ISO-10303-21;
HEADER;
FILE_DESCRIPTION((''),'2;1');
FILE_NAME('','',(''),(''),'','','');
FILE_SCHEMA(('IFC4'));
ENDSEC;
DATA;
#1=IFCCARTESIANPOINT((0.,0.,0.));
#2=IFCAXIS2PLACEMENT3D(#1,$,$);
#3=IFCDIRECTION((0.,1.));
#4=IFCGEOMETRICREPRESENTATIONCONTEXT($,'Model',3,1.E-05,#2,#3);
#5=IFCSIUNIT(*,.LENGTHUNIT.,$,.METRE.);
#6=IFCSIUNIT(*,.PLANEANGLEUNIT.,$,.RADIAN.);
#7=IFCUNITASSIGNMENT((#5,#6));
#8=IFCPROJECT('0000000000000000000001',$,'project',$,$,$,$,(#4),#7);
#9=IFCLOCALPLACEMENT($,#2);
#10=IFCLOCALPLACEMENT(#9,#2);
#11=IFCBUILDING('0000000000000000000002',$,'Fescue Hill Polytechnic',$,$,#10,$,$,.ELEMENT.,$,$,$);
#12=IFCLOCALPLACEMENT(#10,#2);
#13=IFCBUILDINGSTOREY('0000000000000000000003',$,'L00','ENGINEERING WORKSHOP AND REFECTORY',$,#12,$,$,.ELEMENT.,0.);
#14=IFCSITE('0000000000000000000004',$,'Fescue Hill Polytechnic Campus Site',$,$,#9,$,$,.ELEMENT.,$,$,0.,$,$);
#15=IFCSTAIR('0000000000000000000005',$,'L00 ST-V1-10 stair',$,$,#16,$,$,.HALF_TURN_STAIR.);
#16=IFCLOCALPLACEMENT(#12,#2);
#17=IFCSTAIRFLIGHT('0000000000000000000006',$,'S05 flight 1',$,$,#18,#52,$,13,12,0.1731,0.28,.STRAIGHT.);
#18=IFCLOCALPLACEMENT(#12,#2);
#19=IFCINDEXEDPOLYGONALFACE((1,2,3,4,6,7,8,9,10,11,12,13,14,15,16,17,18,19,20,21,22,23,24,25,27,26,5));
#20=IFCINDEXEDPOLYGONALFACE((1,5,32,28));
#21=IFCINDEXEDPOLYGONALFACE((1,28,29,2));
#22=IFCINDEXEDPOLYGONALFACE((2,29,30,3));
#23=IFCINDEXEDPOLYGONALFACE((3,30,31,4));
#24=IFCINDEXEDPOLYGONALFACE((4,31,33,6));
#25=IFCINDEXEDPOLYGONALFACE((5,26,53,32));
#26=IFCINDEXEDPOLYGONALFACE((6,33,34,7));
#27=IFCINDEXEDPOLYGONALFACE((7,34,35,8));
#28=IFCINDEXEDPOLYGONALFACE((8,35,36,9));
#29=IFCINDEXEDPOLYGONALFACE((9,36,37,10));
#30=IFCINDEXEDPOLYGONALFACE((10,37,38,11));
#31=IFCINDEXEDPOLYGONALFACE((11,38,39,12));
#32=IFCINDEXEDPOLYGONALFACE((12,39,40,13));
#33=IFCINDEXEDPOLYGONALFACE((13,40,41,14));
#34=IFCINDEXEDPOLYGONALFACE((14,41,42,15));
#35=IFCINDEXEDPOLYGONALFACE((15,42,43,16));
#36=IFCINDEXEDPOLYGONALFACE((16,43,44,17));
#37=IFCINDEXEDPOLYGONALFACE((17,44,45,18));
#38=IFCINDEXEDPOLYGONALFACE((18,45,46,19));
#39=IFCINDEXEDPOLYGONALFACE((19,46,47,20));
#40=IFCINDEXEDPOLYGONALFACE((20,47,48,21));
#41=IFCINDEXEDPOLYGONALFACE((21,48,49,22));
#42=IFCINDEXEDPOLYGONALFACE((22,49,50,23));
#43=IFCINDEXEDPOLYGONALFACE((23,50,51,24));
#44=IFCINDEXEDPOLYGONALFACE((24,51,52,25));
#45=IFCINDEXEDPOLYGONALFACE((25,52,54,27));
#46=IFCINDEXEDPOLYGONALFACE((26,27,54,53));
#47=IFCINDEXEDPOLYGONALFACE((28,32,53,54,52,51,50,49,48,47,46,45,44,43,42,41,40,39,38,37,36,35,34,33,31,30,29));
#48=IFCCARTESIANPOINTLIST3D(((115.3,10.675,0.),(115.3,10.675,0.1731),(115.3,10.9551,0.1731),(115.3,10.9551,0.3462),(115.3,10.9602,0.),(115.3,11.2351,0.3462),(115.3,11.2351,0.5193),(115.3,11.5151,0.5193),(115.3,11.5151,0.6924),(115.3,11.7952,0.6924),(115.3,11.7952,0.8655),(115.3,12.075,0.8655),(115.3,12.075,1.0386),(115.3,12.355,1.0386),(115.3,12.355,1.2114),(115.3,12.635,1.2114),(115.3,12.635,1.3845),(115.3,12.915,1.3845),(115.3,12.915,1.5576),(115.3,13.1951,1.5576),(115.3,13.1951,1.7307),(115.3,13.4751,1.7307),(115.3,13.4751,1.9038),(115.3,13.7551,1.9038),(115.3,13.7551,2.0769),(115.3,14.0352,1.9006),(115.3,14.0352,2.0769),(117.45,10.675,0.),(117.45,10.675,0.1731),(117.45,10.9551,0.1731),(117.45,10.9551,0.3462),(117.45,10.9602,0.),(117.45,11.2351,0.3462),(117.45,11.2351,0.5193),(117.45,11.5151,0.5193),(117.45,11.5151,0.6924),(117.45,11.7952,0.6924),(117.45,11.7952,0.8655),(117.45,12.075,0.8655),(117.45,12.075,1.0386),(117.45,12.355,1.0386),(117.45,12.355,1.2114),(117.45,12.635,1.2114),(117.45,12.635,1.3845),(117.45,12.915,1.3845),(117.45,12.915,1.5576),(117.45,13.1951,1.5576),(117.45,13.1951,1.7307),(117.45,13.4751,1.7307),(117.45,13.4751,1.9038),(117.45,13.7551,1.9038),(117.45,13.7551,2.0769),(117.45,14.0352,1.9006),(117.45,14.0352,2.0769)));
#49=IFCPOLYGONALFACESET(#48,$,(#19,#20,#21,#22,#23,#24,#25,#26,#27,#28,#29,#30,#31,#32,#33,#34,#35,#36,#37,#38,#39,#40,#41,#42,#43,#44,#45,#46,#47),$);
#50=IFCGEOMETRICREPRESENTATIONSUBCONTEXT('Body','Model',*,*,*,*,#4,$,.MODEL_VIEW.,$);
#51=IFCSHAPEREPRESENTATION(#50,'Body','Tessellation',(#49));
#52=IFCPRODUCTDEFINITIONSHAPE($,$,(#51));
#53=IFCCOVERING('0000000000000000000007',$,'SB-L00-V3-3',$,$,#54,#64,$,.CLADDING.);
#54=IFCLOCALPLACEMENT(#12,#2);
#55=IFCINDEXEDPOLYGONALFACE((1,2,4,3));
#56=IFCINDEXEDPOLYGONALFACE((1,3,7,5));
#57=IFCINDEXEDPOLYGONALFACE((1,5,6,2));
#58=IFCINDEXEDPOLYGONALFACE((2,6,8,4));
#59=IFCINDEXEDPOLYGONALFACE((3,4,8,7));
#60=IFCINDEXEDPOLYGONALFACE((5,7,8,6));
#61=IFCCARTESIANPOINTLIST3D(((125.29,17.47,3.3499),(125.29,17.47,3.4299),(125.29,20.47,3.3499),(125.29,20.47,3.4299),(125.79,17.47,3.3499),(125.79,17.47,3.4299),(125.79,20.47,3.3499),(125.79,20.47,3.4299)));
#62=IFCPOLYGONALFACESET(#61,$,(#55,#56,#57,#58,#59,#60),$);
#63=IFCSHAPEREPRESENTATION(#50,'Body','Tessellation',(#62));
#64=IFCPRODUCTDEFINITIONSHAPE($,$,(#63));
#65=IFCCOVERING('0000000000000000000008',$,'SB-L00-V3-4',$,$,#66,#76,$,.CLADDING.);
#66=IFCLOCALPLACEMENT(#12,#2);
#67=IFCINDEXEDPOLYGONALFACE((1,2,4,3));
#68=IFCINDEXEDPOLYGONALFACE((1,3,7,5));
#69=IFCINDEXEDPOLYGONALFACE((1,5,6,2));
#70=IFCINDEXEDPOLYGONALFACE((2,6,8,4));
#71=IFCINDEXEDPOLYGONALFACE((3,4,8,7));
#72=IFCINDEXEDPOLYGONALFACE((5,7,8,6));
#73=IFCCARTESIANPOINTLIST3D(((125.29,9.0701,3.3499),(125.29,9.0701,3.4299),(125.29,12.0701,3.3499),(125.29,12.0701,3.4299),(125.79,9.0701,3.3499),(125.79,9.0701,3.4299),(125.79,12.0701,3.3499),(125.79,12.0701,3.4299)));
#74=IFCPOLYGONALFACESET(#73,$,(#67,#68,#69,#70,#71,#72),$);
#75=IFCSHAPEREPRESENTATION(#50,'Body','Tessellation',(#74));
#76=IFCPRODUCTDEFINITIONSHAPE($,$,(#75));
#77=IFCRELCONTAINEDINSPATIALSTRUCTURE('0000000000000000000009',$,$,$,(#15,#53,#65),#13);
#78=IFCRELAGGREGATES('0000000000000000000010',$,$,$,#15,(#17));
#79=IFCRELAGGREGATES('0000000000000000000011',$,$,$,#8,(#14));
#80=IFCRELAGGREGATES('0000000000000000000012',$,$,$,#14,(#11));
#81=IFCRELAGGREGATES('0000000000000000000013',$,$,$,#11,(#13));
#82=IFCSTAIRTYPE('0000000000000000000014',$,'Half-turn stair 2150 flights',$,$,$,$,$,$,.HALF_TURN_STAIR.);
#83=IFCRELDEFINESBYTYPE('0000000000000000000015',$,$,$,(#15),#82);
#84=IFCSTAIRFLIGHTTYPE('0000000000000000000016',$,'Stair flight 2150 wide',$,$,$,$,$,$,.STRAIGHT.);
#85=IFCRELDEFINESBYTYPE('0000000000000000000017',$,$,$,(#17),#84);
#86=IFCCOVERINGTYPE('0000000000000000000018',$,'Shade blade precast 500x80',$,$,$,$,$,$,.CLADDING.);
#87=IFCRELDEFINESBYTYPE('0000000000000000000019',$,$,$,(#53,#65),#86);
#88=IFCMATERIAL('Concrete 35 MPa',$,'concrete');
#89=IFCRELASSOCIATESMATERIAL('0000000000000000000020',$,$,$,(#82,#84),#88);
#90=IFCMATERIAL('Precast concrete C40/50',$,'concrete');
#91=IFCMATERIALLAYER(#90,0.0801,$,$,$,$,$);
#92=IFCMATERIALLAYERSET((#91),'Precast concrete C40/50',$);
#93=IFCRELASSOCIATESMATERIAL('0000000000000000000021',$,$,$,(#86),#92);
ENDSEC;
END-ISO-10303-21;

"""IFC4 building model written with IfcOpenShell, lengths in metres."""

from ifc_helpers import new_model, si_unit, direction, frame, origin, origin_2d, place, context, subcontext, project, spatial, polyline, rectangle, outline, extrude, material, layer, layer_set, type_object, element, aggregate, save


model = new_model("IFC4")

# Units and contexts
model_context = context("Model", 3, precision=1e-05, world=origin(), true_north=direction((0.0, 1.0)))
body_context = subcontext(model_context, "Body", "Model", "MODEL_VIEW")
ifc_project = project(units=[si_unit("LENGTHUNIT", "METRE"), si_unit("PLANEANGLEUNIT", "RADIAN")], contexts=[model_context])

# Site, building, storey
site_placement = place(None, origin())
site = spatial("IfcSite", under=ifc_project, at=site_placement, Name="Fescue Hill Polytechnic Campus Site", CompositionType="ELEMENT", RefElevation=0.0)
building_placement = place(site_placement, origin())
building = spatial("IfcBuilding", under=site, at=building_placement, Name="Fescue Hill Polytechnic", CompositionType="ELEMENT")
storey_placement = place(building_placement, origin())
storey = spatial("IfcBuildingStorey", under=building, at=storey_placement, Name="L00", Description="ENGINEERING WORKSHOP AND REFECTORY", CompositionType="ELEMENT", Elevation=0.0)

# Stair, stair flight
ifc_material_1 = material(Name="Concrete 35 MPa", Category="concrete")
stair_type = type_object("IfcStairType", Name="Half-turn stair 2150 flights", PredefinedType="HALF_TURN_STAIR", material=ifc_material_1)
stair_placement = place(storey_placement, origin())
stair = element("IfcStair", 1, at=stair_placement, inside=storey, type_object=stair_type, Name="L00 ST-V1-10 stair", PredefinedType="HALF_TURN_STAIR")
stair_flight_type = type_object("IfcStairFlightType", Name="Stair flight 2150 wide", PredefinedType="STRAIGHT", material=ifc_material_1)
stair_flight_placement = place(storey_placement, frame((116.375, 10.675, 0.0), z_axis=(0.0, 0.0, 1.0), x_axis=(0.0, 1.0, 0.0)))
stair_flight = element("IfcStairFlight", 2, at=stair_flight_placement, type_object=stair_flight_type, Name="S05 flight 1", NumberOfRisers=13, NumberOfTreads=12, PredefinedType="STRAIGHT", RiserHeight=0.1731, TreadLength=0.28, context=body_context, shape_type="SweptSolid", body=[
    extrude(outline(polyline([(0.0, 0.0), (0.0, 0.1731), (0.28, 0.1731), (0.28, 0.3462), (0.5601, 0.3462), (0.5601, 0.5193), (0.8401, 0.5193), (0.8401, 0.6924), (1.1201, 0.6924), (1.1201, 0.8655), (1.3999, 0.8655), (1.3999, 1.0386), (1.6799, 1.0386), (1.6799, 1.2114), (1.96, 1.2114), (1.96, 1.3845), (2.24, 1.3845), (2.24, 1.5576), (2.52, 1.5576), (2.52, 1.7307), (2.8, 1.7307), (2.8, 1.9038), (3.0801, 1.9038), (3.0801, 2.0769), (3.3601, 2.0769), (3.3601, 2.25), (3.3601, 1.9006), (0.2852, 0.0), (0.0, 0.0)])), frame((0.0, 1.075, 0.0), z_axis=(0.0, -1.0, 0.0), x_axis=(1.0, 0.0, 0.0)), (0.0, 0.0, 1.0), 2.1499),
])
aggregate(stair, [stair_flight])

# Coverings
ifc_material_2 = material(Name="Precast concrete C40/50", Category="concrete")
ifc_layer_1 = layer(ifc_material_2, 0.0801)
ifc_layer_set_1 = layer_set([ifc_layer_1], Name="Precast concrete C40/50")
covering_type = type_object("IfcCoveringType", Name="Shade blade precast 500x80", PredefinedType="CLADDING", material=ifc_layer_set_1)
for number, where, z_axis, x_axis, name in (
    (3, (125.54, 18.97, 3.3499), (0.0, 0.0, 1.0), (0.0, -1.0, 0.0), "SB-L00-V3-3"),
    (4, (125.54, 10.5701, 3.3499), (0.0, 0.0, 1.0), (0.0, -1.0, 0.0), "SB-L00-V3-4"),
):
    element("IfcCovering", number, at=place(storey_placement, frame(where, z_axis=z_axis, x_axis=x_axis)), inside=storey, type_object=covering_type, Name=name, PredefinedType="CLADDING", context=body_context, shape_type="SweptSolid", body=[
        extrude(rectangle(XDim=3.0, YDim=0.5, at=origin_2d()), origin(), (0.0, 0.0, 1.0), 0.0801),
    ])

save(model, "model.ifc")
